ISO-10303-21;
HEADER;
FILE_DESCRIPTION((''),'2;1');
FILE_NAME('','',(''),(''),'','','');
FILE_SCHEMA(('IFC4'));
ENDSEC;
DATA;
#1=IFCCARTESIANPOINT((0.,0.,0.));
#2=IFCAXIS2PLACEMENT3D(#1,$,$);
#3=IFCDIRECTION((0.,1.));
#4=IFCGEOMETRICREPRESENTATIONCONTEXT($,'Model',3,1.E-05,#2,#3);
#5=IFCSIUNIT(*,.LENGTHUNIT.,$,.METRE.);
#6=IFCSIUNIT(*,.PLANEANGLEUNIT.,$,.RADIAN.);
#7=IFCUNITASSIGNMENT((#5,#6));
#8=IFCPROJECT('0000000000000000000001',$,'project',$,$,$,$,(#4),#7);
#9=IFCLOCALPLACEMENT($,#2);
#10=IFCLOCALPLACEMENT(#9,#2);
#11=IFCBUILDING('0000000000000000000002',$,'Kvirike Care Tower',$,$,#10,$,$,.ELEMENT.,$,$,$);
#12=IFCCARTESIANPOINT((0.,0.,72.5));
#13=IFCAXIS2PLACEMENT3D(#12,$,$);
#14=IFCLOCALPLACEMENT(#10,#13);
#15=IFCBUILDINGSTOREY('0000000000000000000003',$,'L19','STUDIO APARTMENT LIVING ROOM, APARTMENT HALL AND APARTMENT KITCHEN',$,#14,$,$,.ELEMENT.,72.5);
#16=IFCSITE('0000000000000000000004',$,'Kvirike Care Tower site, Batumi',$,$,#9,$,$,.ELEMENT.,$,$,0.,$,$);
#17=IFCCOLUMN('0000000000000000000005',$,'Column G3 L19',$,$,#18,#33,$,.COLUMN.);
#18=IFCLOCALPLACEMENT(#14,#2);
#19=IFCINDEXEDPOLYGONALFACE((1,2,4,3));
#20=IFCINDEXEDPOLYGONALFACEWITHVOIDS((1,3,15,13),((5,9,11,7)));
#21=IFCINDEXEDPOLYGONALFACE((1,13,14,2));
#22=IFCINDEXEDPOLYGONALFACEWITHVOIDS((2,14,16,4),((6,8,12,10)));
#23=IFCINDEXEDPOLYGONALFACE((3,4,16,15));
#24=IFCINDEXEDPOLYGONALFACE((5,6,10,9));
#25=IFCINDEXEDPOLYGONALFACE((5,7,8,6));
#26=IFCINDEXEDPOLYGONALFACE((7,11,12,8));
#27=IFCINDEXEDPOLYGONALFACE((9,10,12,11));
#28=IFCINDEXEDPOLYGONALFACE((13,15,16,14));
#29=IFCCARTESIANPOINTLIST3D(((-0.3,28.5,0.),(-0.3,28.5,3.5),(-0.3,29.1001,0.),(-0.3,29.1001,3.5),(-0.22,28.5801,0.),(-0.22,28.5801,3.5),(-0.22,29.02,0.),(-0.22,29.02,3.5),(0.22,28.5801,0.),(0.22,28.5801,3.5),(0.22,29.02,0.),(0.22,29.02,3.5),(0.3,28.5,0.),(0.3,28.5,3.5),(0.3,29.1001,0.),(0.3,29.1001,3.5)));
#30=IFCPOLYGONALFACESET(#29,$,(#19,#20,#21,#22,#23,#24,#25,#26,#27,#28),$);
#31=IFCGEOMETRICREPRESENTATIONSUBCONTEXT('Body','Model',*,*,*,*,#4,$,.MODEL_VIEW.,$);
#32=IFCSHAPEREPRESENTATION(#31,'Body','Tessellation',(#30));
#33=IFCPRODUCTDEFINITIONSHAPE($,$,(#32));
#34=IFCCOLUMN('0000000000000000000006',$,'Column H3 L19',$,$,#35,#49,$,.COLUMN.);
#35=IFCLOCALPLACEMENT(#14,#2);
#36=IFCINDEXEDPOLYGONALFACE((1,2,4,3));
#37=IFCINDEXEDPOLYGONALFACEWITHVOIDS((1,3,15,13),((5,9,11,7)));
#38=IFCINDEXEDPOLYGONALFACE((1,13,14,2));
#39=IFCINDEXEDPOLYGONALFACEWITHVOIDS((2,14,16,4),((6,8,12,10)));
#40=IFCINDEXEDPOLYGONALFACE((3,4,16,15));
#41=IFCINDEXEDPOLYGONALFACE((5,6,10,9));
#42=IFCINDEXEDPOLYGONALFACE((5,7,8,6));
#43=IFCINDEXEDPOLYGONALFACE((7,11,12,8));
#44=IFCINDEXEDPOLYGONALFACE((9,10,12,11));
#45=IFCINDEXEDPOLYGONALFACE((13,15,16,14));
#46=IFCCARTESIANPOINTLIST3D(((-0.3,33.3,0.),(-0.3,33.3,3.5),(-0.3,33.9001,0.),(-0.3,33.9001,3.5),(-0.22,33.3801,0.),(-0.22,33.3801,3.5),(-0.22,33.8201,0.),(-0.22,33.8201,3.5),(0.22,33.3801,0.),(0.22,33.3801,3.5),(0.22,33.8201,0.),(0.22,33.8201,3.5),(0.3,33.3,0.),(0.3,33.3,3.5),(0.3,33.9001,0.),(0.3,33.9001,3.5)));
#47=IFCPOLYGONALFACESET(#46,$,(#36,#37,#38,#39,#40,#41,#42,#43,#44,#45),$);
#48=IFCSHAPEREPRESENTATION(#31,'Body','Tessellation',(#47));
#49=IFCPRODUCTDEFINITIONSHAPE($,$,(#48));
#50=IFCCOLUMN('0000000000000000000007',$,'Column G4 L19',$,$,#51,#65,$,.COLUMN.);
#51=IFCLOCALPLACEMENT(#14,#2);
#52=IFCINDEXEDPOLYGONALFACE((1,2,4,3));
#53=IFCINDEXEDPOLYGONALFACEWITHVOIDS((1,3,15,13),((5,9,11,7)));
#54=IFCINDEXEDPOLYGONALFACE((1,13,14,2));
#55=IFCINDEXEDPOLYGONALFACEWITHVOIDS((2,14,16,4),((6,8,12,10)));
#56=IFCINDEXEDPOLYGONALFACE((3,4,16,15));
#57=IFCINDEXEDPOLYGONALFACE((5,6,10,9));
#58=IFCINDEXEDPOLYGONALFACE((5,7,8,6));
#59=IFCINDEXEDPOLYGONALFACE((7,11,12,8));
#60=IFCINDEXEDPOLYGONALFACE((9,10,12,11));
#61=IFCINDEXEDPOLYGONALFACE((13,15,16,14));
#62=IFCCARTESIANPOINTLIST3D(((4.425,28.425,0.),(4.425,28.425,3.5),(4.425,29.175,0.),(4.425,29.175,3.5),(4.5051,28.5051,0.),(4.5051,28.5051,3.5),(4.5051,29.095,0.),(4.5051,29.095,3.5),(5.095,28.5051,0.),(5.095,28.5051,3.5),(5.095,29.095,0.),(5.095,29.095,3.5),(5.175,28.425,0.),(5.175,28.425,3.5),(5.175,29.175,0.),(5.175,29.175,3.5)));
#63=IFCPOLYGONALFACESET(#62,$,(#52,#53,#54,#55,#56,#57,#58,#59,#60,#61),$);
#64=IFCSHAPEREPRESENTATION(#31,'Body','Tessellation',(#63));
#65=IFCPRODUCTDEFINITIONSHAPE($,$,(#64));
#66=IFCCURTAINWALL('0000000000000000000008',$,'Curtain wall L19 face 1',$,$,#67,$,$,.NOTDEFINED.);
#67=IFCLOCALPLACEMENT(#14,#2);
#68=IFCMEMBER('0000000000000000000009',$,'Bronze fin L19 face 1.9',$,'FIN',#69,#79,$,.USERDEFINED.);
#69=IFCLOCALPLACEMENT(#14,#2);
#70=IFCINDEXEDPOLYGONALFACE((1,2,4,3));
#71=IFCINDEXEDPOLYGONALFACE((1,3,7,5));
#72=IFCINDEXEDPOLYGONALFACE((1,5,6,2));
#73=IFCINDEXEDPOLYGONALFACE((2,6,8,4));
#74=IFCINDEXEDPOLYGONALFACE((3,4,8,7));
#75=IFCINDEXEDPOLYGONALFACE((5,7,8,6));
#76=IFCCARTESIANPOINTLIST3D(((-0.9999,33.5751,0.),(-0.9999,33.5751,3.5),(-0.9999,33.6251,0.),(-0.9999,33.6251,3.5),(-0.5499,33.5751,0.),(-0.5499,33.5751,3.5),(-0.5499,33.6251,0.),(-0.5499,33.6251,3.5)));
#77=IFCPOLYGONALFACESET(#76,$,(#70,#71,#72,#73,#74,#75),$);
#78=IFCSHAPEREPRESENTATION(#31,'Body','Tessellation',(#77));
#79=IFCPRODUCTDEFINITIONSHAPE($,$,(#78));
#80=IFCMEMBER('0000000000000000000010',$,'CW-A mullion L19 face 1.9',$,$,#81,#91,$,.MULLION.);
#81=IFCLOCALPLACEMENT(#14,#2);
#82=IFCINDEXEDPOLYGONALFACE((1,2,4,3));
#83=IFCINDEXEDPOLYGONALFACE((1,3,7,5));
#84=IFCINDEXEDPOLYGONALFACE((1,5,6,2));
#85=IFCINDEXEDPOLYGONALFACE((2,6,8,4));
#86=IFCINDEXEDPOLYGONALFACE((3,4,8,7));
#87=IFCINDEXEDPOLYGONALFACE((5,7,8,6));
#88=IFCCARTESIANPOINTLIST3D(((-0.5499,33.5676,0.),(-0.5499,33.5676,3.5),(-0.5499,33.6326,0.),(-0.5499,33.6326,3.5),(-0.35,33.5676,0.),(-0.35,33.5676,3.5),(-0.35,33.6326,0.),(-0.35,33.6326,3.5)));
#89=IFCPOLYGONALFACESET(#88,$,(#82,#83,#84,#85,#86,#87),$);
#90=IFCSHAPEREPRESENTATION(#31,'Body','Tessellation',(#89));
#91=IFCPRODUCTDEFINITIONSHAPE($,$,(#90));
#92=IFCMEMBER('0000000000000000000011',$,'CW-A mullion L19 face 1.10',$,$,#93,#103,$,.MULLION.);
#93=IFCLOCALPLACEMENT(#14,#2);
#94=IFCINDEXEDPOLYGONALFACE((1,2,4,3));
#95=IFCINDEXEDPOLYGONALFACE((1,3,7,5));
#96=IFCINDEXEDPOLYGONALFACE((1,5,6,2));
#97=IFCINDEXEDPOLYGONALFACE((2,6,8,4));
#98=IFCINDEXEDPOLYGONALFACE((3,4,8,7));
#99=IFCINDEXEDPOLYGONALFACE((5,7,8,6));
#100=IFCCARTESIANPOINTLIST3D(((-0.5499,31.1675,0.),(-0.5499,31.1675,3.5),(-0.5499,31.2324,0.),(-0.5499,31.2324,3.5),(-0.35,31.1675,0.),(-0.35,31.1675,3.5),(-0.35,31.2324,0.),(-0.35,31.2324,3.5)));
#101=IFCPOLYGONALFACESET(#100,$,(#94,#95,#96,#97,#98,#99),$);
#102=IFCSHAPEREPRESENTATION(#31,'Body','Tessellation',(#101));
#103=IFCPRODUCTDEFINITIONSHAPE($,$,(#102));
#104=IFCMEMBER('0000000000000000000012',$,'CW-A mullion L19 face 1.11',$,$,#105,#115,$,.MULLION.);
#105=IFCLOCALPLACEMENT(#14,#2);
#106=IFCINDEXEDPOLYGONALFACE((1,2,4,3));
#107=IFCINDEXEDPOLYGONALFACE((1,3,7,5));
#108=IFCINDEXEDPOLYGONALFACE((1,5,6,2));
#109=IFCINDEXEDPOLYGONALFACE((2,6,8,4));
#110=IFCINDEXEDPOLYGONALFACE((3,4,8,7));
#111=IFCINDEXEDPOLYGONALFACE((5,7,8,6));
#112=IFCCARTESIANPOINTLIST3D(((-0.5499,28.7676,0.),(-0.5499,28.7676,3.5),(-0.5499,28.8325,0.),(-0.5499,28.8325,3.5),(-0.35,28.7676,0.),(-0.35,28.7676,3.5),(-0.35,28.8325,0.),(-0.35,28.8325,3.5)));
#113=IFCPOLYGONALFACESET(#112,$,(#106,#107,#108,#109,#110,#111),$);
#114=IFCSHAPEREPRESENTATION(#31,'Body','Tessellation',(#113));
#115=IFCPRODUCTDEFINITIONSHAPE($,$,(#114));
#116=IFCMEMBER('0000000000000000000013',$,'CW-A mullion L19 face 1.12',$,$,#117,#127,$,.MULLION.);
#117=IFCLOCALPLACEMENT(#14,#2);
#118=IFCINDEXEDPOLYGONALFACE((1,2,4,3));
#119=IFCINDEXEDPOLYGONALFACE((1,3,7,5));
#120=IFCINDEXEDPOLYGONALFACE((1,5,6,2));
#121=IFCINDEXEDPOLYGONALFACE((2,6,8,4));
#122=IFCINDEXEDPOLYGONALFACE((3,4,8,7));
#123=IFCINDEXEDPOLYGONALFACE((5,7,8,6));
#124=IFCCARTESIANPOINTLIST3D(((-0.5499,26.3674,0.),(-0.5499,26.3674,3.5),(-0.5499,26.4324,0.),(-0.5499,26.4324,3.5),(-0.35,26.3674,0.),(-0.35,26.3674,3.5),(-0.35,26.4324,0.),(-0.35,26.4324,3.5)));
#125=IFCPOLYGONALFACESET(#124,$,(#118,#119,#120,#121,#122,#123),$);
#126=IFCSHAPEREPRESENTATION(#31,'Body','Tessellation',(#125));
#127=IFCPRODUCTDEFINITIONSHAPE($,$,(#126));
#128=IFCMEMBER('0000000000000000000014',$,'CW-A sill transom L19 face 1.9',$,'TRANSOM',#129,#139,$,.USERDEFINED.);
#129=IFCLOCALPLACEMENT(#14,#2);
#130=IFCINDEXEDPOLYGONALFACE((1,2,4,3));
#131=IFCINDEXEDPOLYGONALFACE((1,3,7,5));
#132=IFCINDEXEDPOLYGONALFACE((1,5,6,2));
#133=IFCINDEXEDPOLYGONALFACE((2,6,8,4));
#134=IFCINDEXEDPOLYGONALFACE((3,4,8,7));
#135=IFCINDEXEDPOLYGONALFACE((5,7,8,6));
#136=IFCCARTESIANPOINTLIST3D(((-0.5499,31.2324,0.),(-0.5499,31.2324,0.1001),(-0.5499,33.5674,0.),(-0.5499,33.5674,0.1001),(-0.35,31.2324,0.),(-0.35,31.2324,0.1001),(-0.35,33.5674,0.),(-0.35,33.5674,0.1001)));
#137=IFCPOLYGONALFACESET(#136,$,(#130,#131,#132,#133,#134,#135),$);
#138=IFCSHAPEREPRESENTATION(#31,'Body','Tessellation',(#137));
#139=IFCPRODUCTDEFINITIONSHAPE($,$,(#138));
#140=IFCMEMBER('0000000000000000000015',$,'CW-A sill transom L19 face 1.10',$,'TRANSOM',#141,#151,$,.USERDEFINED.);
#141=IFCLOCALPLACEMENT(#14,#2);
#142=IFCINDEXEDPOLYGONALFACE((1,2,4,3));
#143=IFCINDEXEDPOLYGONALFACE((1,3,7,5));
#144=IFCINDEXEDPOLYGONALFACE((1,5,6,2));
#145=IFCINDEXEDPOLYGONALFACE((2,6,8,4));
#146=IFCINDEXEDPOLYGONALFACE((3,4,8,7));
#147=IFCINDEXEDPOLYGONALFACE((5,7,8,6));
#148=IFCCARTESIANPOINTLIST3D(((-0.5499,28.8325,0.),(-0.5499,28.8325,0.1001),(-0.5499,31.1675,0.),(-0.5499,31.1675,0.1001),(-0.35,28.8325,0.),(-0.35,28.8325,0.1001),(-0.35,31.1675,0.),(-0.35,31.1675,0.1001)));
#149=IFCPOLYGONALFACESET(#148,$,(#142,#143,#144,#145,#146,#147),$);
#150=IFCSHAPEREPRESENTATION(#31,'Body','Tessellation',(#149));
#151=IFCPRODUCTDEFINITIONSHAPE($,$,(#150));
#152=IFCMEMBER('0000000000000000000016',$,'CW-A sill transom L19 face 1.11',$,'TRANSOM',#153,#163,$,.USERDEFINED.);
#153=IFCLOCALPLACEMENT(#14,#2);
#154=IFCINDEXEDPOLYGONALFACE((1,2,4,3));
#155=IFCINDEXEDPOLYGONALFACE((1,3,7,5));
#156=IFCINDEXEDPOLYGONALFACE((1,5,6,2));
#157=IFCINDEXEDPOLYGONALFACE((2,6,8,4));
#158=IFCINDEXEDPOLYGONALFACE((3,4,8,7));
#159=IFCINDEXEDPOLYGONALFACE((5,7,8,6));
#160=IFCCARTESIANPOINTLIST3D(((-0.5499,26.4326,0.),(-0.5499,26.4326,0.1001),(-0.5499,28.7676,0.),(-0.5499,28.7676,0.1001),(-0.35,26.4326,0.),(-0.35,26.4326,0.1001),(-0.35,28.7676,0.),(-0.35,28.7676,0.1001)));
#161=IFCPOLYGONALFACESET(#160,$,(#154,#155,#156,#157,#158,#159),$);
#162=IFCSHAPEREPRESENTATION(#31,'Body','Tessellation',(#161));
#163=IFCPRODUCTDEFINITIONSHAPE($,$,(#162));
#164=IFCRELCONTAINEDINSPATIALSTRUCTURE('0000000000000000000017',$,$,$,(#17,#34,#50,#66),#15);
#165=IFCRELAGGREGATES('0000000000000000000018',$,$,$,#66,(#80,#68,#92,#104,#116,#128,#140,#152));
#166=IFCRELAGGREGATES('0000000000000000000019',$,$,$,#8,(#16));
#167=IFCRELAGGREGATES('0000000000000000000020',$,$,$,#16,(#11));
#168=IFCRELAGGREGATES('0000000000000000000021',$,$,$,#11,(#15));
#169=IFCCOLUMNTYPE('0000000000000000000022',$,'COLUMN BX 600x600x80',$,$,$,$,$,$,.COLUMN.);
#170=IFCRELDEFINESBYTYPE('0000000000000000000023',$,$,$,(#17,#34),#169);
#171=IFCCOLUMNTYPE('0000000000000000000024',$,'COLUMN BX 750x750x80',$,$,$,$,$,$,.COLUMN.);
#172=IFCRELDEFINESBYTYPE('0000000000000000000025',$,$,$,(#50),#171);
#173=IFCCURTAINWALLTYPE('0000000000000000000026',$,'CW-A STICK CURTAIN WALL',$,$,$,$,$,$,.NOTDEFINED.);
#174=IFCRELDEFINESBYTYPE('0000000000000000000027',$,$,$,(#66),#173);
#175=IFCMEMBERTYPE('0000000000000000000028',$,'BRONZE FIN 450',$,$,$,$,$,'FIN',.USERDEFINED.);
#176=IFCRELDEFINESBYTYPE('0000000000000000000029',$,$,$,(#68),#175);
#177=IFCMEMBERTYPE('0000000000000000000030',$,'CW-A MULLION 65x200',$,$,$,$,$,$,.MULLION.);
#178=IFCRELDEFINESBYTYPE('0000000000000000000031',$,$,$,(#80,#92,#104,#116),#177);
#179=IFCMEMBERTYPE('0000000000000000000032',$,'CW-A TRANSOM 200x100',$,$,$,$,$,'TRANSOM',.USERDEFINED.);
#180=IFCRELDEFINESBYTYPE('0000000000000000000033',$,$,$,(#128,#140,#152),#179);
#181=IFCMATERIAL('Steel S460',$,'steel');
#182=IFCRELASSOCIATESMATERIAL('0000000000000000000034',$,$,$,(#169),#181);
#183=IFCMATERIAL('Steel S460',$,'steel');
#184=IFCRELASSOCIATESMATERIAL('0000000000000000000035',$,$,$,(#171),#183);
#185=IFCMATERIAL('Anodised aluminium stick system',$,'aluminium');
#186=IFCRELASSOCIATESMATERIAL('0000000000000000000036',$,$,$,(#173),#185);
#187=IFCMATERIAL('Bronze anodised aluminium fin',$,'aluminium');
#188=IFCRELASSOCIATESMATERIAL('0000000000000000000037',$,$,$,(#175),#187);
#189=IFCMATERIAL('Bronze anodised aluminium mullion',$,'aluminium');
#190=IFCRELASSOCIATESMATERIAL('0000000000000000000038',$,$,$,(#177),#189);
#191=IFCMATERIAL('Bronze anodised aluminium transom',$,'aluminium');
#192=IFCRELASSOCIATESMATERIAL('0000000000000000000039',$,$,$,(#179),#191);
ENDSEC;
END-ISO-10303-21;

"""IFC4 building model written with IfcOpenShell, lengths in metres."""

from ifc_helpers import new_model, si_unit, direction, frame, origin, origin_2d, place, context, subcontext, project, spatial, rectangle, hollow_rectangle, extrude, material, material_profile, profile_set, type_object, element, aggregate, save


model = new_model("IFC4")

# Units and contexts
model_context = context("Model", 3, precision=1e-05, world=origin(), true_north=direction((0.0, 1.0)))
body_context = subcontext(model_context, "Body", "Model", "MODEL_VIEW")
ifc_project = project(units=[si_unit("LENGTHUNIT", "METRE"), si_unit("PLANEANGLEUNIT", "RADIAN")], contexts=[model_context])

# Site, building, storey
site_placement = place(None, origin())
site = spatial("IfcSite", under=ifc_project, at=site_placement, Name="Kvirike Care Tower site, Batumi", CompositionType="ELEMENT", RefElevation=0.0)
building_placement = place(site_placement, origin())
building = spatial("IfcBuilding", under=site, at=building_placement, Name="Kvirike Care Tower", CompositionType="ELEMENT")
storey_placement = place(building_placement, frame((0.0, 0.0, 72.5)))
storey = spatial("IfcBuildingStorey", under=building, at=storey_placement, Name="L19", Description="STUDIO APARTMENT LIVING ROOM, APARTMENT HALL AND APARTMENT KITCHEN", CompositionType="ELEMENT", Elevation=72.5)

# Columns
ifc_material_1 = material(Name="Steel S460", Category="steel")
ifc_material_profile_1 = material_profile(ifc_material_1, hollow_rectangle(XDim=0.6001, YDim=0.6001, WallThickness=0.0801, at=origin_2d()), Name="BX 600x600x80")
ifc_profile_set_1 = profile_set([ifc_material_profile_1], Name="Steel S460")
column_type_1 = type_object("IfcColumnType", Name="COLUMN BX 600x600x80", PredefinedType="COLUMN", material=ifc_profile_set_1)
for number, where, z_axis, x_axis, name in (
    (1, (0.0, 28.8, 0.0), (0.0, 0.0, 1.0), (0.0, 1.0, 0.0), "Column G3 L19"),
    (2, (0.0, 33.6001, 0.0), (0.0, 0.0, 1.0), (1.0, 0.0, 0.0), "Column H3 L19"),
):
    element("IfcColumn", number, at=place(storey_placement, frame(where, z_axis=z_axis, x_axis=x_axis)), inside=storey, type_object=column_type_1, Name=name, PredefinedType="COLUMN", context=body_context, shape_type="SweptSolid", body=[
        extrude(hollow_rectangle(XDim=0.6001, YDim=0.6001, WallThickness=0.0801, at=origin_2d()), origin(), (0.0, 0.0, 1.0), 3.5),
    ])
ifc_material_2 = material(Name="Steel S460", Category="steel")
ifc_material_profile_2 = material_profile(ifc_material_2, hollow_rectangle(XDim=0.75, YDim=0.75, WallThickness=0.0801, at=origin_2d()), Name="BX 750x750x80")
ifc_profile_set_2 = profile_set([ifc_material_profile_2], Name="Steel S460")
column_type_2 = type_object("IfcColumnType", Name="COLUMN BX 750x750x80", PredefinedType="COLUMN", material=ifc_profile_set_2)
column_placement = place(storey_placement, frame((4.8, 28.8, 0.0), z_axis=(0.0, 0.0, 1.0), x_axis=(0.0, 1.0, 0.0)))
element("IfcColumn", 3, at=column_placement, inside=storey, type_object=column_type_2, Name="Column G4 L19", PredefinedType="COLUMN", context=body_context, shape_type="SweptSolid", body=[
    extrude(hollow_rectangle(XDim=0.75, YDim=0.75, WallThickness=0.0801, at=origin_2d()), origin(), (0.0, 0.0, 1.0), 3.5),
])

# Curtain wall, members
ifc_material_3 = material(Name="Anodised aluminium stick system", Category="aluminium")
curtain_wall_type = type_object("IfcCurtainWallType", Name="CW-A STICK CURTAIN WALL", PredefinedType="NOTDEFINED", material=ifc_material_3)
curtain_wall_placement = place(storey_placement, origin())
curtain_wall = element("IfcCurtainWall", 4, at=curtain_wall_placement, inside=storey, type_object=curtain_wall_type, Name="Curtain wall L19 face 1", PredefinedType="NOTDEFINED")
ifc_material_4 = material(Name="Bronze anodised aluminium fin", Category="aluminium")
ifc_material_profile_3 = material_profile(ifc_material_4, rectangle(XDim=0.05, YDim=0.45, at=origin_2d()), Name="BRONZE FIN 450")
ifc_profile_set_3 = profile_set([ifc_material_profile_3], Name="Bronze anodised aluminium fin")
member_type_1 = type_object("IfcMemberType", Name="BRONZE FIN 450", ElementType="FIN", PredefinedType="USERDEFINED", material=ifc_profile_set_3)
member_1_placement = place(storey_placement, frame((-0.7749, 33.6001, 0.0), z_axis=(0.0, 0.0, 1.0), x_axis=(0.0, -1.0, 0.0)))
member_1 = element("IfcMember", 5, at=member_1_placement, type_object=member_type_1, Name="Bronze fin L19 face 1.9", ObjectType="FIN", PredefinedType="USERDEFINED", context=body_context, shape_type="SweptSolid", body=[
    extrude(rectangle(XDim=0.05, YDim=0.45, at=origin_2d()), origin(), (0.0, 0.0, 1.0), 3.5),
])
ifc_material_5 = material(Name="Bronze anodised aluminium mullion", Category="aluminium")
ifc_material_profile_4 = material_profile(ifc_material_5, rectangle(XDim=0.0649, YDim=0.2, at=origin_2d()), Name="CW-A MULLION 65x200")
ifc_profile_set_4 = profile_set([ifc_material_profile_4], Name="Bronze anodised aluminium mullion")
member_type_2 = type_object("IfcMemberType", Name="CW-A MULLION 65x200", PredefinedType="MULLION", material=ifc_profile_set_4)
member_2_placement = place(storey_placement, frame((-0.45, 33.6001, 0.0), z_axis=(0.0, 0.0, 1.0), x_axis=(0.0, -1.0, 0.0)))
member_2 = element("IfcMember", 6, at=member_2_placement, type_object=member_type_2, Name="CW-A mullion L19 face 1.9", PredefinedType="MULLION", context=body_context, shape_type="SweptSolid", body=[
    extrude(rectangle(XDim=0.0649, YDim=0.2, at=origin_2d()), origin(), (0.0, 0.0, 1.0), 3.5),
])
member_3_placement = place(storey_placement, frame((-0.45, 31.2, 0.0), z_axis=(0.0, 0.0, 1.0), x_axis=(0.0, -1.0, 0.0)))
member_3 = element("IfcMember", 7, at=member_3_placement, type_object=member_type_2, Name="CW-A mullion L19 face 1.10", PredefinedType="MULLION", context=body_context, shape_type="SweptSolid", body=[
    extrude(rectangle(XDim=0.0649, YDim=0.2, at=origin_2d()), origin(), (0.0, 0.0, 1.0), 3.5),
])
member_4_placement = place(storey_placement, frame((-0.45, 28.8, 0.0), z_axis=(0.0, 0.0, 1.0), x_axis=(0.0, -1.0, 0.0)))
member_4 = element("IfcMember", 8, at=member_4_placement, type_object=member_type_2, Name="CW-A mullion L19 face 1.11", PredefinedType="MULLION", context=body_context, shape_type="SweptSolid", body=[
    extrude(rectangle(XDim=0.0649, YDim=0.2, at=origin_2d()), origin(), (0.0, 0.0, 1.0), 3.5),
])
member_5_placement = place(storey_placement, frame((-0.45, 26.3999, 0.0), z_axis=(0.0, 0.0, 1.0), x_axis=(0.0, -1.0, 0.0)))
member_5 = element("IfcMember", 9, at=member_5_placement, type_object=member_type_2, Name="CW-A mullion L19 face 1.12", PredefinedType="MULLION", context=body_context, shape_type="SweptSolid", body=[
    extrude(rectangle(XDim=0.0649, YDim=0.2, at=origin_2d()), origin(), (0.0, 0.0, 1.0), 3.5),
])
ifc_material_6 = material(Name="Bronze anodised aluminium transom", Category="aluminium")
ifc_material_profile_5 = material_profile(ifc_material_6, rectangle(XDim=0.2, YDim=0.1001, at=origin_2d()), Name="CW-A TRANSOM 200x100")
ifc_profile_set_5 = profile_set([ifc_material_profile_5], Name="Bronze anodised aluminium transom")
member_type_3 = type_object("IfcMemberType", Name="CW-A TRANSOM 200x100", ElementType="TRANSOM", PredefinedType="USERDEFINED", material=ifc_profile_set_5)
member_6_placement = place(storey_placement, frame((-0.45, 33.5674, 0.05), z_axis=(0.0, -1.0, 0.0), x_axis=(1.0, 0.0, 0.0)))
member_6 = element("IfcMember", 10, at=member_6_placement, type_object=member_type_3, Name="CW-A sill transom L19 face 1.9", ObjectType="TRANSOM", PredefinedType="USERDEFINED", context=body_context, shape_type="SweptSolid", body=[
    extrude(rectangle(XDim=0.2, YDim=0.1001, at=origin_2d()), origin(), (0.0, 0.0, 1.0), 2.335),
])
member_7_placement = place(storey_placement, frame((-0.45, 31.1675, 0.05), z_axis=(0.0, -1.0, 0.0), x_axis=(1.0, 0.0, 0.0)))
member_7 = element("IfcMember", 11, at=member_7_placement, type_object=member_type_3, Name="CW-A sill transom L19 face 1.10", ObjectType="TRANSOM", PredefinedType="USERDEFINED", context=body_context, shape_type="SweptSolid", body=[
    extrude(rectangle(XDim=0.2, YDim=0.1001, at=origin_2d()), origin(), (0.0, 0.0, 1.0), 2.335),
])
member_8_placement = place(storey_placement, frame((-0.45, 28.7676, 0.05), z_axis=(0.0, -1.0, 0.0), x_axis=(1.0, 0.0, 0.0)))
member_8 = element("IfcMember", 12, at=member_8_placement, type_object=member_type_3, Name="CW-A sill transom L19 face 1.11", ObjectType="TRANSOM", PredefinedType="USERDEFINED", context=body_context, shape_type="SweptSolid", body=[
    extrude(rectangle(XDim=0.2, YDim=0.1001, at=origin_2d()), origin(), (0.0, 0.0, 1.0), 2.335),
])

aggregate(curtain_wall, [member_2, member_1, member_3, member_4, member_5, member_6, member_7, member_8])

save(model, "model.ifc")
